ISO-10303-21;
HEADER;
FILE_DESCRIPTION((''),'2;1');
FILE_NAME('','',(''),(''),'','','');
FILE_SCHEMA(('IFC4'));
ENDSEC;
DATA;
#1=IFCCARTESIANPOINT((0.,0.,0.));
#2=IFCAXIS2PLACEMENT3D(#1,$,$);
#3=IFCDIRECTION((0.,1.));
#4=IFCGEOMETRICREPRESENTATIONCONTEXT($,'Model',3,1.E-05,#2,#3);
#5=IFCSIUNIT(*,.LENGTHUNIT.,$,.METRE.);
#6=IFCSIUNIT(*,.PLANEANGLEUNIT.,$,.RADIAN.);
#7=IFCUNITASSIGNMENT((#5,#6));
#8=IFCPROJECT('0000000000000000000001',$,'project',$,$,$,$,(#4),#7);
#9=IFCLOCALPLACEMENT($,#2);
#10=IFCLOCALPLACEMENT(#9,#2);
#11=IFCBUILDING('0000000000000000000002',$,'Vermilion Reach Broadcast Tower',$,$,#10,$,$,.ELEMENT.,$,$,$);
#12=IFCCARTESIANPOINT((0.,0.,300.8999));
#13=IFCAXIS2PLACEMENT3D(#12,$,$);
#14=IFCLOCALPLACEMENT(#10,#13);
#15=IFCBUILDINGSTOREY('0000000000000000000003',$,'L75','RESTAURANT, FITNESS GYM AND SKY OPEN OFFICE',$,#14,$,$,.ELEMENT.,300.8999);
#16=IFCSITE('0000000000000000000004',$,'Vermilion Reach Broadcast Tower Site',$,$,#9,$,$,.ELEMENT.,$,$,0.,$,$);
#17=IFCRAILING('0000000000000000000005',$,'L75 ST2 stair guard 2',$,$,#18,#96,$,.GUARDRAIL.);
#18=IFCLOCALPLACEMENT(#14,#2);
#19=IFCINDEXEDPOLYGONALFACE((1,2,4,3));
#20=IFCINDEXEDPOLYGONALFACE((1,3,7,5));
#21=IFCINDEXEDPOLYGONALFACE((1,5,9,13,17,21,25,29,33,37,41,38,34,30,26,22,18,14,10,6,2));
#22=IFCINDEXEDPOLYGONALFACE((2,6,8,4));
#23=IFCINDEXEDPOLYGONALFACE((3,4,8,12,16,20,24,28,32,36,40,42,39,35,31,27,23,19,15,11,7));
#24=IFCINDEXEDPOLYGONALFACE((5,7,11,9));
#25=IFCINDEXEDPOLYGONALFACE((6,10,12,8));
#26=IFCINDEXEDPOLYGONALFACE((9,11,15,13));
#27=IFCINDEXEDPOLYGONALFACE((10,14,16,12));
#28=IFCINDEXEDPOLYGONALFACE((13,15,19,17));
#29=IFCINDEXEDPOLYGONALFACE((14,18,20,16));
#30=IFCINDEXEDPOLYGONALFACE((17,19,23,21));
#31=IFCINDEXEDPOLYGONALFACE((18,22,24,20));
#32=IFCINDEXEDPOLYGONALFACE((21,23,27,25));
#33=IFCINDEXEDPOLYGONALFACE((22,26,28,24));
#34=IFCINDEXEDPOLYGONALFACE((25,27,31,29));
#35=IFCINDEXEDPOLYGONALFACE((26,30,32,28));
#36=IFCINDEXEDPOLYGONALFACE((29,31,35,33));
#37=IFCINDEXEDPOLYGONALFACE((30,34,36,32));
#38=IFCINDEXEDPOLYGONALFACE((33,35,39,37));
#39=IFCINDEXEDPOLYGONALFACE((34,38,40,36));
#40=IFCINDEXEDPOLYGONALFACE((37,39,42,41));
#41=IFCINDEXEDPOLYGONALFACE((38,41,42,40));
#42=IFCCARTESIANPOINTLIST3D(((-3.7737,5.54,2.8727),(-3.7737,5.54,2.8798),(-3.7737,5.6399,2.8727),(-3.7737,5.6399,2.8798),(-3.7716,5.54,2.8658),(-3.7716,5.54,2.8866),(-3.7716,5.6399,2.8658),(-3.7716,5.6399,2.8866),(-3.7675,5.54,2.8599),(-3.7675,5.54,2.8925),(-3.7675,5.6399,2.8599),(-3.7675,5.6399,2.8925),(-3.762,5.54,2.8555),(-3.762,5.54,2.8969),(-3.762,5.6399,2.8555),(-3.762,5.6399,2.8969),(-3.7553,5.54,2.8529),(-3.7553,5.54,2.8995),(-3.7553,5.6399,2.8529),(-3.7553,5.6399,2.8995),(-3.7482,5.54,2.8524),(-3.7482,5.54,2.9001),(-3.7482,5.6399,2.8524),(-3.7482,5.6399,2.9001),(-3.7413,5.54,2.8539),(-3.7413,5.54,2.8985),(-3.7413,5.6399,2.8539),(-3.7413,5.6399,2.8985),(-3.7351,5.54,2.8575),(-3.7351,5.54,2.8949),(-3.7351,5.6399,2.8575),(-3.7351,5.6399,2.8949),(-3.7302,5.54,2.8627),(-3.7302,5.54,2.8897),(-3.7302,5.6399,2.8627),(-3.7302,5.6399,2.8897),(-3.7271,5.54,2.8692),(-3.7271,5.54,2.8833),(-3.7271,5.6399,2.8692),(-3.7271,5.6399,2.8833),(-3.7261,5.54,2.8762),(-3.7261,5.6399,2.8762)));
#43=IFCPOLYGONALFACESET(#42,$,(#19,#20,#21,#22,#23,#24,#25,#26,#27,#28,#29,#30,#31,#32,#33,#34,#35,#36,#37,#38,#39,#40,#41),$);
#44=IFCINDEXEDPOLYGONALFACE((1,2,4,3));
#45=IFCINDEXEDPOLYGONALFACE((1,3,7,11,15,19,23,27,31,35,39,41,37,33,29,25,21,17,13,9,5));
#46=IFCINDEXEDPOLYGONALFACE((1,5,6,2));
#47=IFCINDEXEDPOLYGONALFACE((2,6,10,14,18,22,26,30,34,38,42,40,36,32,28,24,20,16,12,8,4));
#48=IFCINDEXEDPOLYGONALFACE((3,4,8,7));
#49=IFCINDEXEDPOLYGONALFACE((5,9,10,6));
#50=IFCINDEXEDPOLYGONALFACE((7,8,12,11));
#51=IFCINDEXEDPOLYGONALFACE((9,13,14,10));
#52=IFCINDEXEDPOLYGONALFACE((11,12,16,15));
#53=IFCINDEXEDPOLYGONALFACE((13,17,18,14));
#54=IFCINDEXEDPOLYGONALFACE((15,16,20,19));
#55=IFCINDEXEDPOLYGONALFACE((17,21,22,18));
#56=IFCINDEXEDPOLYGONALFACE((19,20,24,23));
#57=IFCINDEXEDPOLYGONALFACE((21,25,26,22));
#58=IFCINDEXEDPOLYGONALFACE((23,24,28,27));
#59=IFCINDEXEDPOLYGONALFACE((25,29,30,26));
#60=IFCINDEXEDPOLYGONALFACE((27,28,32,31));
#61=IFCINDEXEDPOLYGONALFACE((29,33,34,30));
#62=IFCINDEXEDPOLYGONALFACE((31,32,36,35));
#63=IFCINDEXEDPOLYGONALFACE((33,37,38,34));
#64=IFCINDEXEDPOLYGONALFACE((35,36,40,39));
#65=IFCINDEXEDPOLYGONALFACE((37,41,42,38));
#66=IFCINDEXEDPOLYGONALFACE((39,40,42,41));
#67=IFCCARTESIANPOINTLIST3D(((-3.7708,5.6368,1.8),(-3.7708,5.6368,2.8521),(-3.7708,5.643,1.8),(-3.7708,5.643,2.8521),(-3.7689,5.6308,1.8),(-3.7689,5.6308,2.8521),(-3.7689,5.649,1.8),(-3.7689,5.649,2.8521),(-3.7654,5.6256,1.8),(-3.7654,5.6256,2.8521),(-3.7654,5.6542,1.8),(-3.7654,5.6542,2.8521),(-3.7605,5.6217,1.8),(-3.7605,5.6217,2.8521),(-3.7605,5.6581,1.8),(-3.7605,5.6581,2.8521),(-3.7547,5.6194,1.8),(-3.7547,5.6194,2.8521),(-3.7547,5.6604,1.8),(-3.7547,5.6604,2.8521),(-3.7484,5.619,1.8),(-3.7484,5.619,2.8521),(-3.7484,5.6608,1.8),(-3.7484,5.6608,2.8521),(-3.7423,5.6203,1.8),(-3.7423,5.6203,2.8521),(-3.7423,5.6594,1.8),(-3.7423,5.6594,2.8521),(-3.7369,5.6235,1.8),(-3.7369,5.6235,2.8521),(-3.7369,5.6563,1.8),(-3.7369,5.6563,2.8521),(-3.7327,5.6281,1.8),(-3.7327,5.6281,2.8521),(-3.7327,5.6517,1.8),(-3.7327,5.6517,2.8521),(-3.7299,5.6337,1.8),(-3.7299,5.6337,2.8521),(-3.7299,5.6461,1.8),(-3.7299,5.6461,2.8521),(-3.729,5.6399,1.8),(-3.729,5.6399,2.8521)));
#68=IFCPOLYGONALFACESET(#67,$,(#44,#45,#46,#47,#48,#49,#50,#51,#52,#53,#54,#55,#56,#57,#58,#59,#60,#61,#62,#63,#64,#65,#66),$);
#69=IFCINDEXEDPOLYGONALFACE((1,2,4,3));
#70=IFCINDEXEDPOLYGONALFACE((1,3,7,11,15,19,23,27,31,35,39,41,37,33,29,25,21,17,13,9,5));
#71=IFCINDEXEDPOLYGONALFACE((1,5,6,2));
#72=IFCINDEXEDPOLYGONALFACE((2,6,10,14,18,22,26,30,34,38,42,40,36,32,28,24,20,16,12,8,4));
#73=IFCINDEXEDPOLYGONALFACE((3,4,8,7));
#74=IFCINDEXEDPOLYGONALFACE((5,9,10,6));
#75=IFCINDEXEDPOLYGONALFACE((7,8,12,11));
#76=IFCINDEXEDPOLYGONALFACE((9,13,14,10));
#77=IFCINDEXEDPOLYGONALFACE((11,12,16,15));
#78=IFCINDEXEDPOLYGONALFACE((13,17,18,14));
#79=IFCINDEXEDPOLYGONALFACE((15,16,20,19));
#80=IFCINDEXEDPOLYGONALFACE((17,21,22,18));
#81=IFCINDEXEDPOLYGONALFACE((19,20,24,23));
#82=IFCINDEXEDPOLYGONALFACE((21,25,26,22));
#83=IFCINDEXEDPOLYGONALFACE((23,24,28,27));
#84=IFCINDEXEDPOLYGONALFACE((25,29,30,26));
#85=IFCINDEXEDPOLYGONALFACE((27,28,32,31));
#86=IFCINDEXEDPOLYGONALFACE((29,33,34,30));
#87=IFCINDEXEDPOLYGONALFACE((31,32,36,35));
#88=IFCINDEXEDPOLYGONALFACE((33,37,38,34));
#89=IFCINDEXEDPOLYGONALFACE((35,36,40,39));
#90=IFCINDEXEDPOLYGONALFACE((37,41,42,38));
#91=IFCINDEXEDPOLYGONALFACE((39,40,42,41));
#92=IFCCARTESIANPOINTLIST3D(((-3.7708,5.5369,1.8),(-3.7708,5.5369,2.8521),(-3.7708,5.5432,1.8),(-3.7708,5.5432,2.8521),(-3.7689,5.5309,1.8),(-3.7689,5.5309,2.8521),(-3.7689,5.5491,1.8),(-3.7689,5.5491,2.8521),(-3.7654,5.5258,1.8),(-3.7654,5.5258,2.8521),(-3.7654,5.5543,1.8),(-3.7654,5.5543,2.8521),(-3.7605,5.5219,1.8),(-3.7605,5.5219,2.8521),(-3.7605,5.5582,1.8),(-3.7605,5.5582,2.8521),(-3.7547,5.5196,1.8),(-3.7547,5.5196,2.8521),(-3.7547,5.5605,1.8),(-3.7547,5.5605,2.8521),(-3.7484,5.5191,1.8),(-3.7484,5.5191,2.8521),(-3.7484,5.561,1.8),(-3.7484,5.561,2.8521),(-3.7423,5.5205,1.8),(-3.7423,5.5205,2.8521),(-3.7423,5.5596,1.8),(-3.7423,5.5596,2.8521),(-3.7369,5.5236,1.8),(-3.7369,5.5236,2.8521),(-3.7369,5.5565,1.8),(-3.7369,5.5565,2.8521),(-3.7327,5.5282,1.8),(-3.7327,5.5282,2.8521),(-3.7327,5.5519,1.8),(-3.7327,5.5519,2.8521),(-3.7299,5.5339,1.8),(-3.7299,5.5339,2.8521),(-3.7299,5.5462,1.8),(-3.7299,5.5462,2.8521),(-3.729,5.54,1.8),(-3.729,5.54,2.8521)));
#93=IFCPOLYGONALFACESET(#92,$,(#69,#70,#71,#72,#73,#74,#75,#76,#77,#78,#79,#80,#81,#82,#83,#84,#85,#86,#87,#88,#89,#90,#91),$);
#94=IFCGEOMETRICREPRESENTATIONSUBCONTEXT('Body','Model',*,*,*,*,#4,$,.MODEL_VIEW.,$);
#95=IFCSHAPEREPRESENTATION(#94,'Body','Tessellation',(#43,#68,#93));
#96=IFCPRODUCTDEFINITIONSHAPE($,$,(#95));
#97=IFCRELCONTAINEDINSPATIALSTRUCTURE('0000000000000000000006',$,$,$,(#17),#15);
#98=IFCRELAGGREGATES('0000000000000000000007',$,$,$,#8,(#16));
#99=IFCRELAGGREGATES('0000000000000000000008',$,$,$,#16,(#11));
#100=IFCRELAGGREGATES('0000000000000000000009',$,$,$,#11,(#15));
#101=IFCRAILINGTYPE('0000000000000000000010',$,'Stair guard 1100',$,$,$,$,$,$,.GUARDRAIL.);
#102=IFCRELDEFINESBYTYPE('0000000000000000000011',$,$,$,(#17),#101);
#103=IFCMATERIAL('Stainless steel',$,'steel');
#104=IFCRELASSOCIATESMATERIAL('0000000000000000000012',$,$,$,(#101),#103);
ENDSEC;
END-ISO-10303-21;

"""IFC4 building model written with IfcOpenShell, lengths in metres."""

from ifc_helpers import new_model, si_unit, direction, frame, origin, origin_2d, place, context, subcontext, project, spatial, circle, extrude, material, type_object, element, save


model = new_model("IFC4")

# Units and contexts
model_context = context("Model", 3, precision=1e-05, world=origin(), true_north=direction((0.0, 1.0)))
body_context = subcontext(model_context, "Body", "Model", "MODEL_VIEW")
ifc_project = project(units=[si_unit("LENGTHUNIT", "METRE"), si_unit("PLANEANGLEUNIT", "RADIAN")], contexts=[model_context])

# Site, building, storey
site_placement = place(None, origin())
site = spatial("IfcSite", under=ifc_project, at=site_placement, Name="Vermilion Reach Broadcast Tower Site", CompositionType="ELEMENT", RefElevation=0.0)
building_placement = place(site_placement, origin())
building = spatial("IfcBuilding", under=site, at=building_placement, Name="Vermilion Reach Broadcast Tower", CompositionType="ELEMENT")
storey_placement = place(building_placement, frame((0.0, 0.0, 300.8999)))
storey = spatial("IfcBuildingStorey", under=building, at=storey_placement, Name="L75", Description="RESTAURANT, FITNESS GYM AND SKY OPEN OFFICE", CompositionType="ELEMENT", Elevation=300.8999)

# Railing
ifc_material_1 = material(Name="Stainless steel", Category="steel")
railing_type_1 = type_object("IfcRailingType", Name="Stair guard 1100", PredefinedType="GUARDRAIL", material=ifc_material_1)
railing_1_placement = place(storey_placement, frame((-3.75, 5.6399, 1.8)))
element("IfcRailing", 1, at=railing_1_placement, inside=storey, type_object=railing_type_1, Name="L75 ST2 stair guard 2", PredefinedType="GUARDRAIL", context=body_context, shape_type="SweptSolid", body=[
    extrude(circle(Radius=0.0239, at=origin_2d()), frame((0.0, 0.0, 1.0762), z_axis=(0.0, -1.0, 0.0), x_axis=(1.0, 0.0, 0.0)), (0.0, 0.0, 1.0), 0.0999),
    extrude(circle(Radius=0.021, at=origin_2d()), origin(), (0.0, 0.0, 1.0), 1.052),
    extrude(circle(Radius=0.021, at=origin_2d()), frame((0.0, -0.0999, 0.0)), (0.0, 0.0, 1.0), 1.052),
])

save(model, "model.ifc")
